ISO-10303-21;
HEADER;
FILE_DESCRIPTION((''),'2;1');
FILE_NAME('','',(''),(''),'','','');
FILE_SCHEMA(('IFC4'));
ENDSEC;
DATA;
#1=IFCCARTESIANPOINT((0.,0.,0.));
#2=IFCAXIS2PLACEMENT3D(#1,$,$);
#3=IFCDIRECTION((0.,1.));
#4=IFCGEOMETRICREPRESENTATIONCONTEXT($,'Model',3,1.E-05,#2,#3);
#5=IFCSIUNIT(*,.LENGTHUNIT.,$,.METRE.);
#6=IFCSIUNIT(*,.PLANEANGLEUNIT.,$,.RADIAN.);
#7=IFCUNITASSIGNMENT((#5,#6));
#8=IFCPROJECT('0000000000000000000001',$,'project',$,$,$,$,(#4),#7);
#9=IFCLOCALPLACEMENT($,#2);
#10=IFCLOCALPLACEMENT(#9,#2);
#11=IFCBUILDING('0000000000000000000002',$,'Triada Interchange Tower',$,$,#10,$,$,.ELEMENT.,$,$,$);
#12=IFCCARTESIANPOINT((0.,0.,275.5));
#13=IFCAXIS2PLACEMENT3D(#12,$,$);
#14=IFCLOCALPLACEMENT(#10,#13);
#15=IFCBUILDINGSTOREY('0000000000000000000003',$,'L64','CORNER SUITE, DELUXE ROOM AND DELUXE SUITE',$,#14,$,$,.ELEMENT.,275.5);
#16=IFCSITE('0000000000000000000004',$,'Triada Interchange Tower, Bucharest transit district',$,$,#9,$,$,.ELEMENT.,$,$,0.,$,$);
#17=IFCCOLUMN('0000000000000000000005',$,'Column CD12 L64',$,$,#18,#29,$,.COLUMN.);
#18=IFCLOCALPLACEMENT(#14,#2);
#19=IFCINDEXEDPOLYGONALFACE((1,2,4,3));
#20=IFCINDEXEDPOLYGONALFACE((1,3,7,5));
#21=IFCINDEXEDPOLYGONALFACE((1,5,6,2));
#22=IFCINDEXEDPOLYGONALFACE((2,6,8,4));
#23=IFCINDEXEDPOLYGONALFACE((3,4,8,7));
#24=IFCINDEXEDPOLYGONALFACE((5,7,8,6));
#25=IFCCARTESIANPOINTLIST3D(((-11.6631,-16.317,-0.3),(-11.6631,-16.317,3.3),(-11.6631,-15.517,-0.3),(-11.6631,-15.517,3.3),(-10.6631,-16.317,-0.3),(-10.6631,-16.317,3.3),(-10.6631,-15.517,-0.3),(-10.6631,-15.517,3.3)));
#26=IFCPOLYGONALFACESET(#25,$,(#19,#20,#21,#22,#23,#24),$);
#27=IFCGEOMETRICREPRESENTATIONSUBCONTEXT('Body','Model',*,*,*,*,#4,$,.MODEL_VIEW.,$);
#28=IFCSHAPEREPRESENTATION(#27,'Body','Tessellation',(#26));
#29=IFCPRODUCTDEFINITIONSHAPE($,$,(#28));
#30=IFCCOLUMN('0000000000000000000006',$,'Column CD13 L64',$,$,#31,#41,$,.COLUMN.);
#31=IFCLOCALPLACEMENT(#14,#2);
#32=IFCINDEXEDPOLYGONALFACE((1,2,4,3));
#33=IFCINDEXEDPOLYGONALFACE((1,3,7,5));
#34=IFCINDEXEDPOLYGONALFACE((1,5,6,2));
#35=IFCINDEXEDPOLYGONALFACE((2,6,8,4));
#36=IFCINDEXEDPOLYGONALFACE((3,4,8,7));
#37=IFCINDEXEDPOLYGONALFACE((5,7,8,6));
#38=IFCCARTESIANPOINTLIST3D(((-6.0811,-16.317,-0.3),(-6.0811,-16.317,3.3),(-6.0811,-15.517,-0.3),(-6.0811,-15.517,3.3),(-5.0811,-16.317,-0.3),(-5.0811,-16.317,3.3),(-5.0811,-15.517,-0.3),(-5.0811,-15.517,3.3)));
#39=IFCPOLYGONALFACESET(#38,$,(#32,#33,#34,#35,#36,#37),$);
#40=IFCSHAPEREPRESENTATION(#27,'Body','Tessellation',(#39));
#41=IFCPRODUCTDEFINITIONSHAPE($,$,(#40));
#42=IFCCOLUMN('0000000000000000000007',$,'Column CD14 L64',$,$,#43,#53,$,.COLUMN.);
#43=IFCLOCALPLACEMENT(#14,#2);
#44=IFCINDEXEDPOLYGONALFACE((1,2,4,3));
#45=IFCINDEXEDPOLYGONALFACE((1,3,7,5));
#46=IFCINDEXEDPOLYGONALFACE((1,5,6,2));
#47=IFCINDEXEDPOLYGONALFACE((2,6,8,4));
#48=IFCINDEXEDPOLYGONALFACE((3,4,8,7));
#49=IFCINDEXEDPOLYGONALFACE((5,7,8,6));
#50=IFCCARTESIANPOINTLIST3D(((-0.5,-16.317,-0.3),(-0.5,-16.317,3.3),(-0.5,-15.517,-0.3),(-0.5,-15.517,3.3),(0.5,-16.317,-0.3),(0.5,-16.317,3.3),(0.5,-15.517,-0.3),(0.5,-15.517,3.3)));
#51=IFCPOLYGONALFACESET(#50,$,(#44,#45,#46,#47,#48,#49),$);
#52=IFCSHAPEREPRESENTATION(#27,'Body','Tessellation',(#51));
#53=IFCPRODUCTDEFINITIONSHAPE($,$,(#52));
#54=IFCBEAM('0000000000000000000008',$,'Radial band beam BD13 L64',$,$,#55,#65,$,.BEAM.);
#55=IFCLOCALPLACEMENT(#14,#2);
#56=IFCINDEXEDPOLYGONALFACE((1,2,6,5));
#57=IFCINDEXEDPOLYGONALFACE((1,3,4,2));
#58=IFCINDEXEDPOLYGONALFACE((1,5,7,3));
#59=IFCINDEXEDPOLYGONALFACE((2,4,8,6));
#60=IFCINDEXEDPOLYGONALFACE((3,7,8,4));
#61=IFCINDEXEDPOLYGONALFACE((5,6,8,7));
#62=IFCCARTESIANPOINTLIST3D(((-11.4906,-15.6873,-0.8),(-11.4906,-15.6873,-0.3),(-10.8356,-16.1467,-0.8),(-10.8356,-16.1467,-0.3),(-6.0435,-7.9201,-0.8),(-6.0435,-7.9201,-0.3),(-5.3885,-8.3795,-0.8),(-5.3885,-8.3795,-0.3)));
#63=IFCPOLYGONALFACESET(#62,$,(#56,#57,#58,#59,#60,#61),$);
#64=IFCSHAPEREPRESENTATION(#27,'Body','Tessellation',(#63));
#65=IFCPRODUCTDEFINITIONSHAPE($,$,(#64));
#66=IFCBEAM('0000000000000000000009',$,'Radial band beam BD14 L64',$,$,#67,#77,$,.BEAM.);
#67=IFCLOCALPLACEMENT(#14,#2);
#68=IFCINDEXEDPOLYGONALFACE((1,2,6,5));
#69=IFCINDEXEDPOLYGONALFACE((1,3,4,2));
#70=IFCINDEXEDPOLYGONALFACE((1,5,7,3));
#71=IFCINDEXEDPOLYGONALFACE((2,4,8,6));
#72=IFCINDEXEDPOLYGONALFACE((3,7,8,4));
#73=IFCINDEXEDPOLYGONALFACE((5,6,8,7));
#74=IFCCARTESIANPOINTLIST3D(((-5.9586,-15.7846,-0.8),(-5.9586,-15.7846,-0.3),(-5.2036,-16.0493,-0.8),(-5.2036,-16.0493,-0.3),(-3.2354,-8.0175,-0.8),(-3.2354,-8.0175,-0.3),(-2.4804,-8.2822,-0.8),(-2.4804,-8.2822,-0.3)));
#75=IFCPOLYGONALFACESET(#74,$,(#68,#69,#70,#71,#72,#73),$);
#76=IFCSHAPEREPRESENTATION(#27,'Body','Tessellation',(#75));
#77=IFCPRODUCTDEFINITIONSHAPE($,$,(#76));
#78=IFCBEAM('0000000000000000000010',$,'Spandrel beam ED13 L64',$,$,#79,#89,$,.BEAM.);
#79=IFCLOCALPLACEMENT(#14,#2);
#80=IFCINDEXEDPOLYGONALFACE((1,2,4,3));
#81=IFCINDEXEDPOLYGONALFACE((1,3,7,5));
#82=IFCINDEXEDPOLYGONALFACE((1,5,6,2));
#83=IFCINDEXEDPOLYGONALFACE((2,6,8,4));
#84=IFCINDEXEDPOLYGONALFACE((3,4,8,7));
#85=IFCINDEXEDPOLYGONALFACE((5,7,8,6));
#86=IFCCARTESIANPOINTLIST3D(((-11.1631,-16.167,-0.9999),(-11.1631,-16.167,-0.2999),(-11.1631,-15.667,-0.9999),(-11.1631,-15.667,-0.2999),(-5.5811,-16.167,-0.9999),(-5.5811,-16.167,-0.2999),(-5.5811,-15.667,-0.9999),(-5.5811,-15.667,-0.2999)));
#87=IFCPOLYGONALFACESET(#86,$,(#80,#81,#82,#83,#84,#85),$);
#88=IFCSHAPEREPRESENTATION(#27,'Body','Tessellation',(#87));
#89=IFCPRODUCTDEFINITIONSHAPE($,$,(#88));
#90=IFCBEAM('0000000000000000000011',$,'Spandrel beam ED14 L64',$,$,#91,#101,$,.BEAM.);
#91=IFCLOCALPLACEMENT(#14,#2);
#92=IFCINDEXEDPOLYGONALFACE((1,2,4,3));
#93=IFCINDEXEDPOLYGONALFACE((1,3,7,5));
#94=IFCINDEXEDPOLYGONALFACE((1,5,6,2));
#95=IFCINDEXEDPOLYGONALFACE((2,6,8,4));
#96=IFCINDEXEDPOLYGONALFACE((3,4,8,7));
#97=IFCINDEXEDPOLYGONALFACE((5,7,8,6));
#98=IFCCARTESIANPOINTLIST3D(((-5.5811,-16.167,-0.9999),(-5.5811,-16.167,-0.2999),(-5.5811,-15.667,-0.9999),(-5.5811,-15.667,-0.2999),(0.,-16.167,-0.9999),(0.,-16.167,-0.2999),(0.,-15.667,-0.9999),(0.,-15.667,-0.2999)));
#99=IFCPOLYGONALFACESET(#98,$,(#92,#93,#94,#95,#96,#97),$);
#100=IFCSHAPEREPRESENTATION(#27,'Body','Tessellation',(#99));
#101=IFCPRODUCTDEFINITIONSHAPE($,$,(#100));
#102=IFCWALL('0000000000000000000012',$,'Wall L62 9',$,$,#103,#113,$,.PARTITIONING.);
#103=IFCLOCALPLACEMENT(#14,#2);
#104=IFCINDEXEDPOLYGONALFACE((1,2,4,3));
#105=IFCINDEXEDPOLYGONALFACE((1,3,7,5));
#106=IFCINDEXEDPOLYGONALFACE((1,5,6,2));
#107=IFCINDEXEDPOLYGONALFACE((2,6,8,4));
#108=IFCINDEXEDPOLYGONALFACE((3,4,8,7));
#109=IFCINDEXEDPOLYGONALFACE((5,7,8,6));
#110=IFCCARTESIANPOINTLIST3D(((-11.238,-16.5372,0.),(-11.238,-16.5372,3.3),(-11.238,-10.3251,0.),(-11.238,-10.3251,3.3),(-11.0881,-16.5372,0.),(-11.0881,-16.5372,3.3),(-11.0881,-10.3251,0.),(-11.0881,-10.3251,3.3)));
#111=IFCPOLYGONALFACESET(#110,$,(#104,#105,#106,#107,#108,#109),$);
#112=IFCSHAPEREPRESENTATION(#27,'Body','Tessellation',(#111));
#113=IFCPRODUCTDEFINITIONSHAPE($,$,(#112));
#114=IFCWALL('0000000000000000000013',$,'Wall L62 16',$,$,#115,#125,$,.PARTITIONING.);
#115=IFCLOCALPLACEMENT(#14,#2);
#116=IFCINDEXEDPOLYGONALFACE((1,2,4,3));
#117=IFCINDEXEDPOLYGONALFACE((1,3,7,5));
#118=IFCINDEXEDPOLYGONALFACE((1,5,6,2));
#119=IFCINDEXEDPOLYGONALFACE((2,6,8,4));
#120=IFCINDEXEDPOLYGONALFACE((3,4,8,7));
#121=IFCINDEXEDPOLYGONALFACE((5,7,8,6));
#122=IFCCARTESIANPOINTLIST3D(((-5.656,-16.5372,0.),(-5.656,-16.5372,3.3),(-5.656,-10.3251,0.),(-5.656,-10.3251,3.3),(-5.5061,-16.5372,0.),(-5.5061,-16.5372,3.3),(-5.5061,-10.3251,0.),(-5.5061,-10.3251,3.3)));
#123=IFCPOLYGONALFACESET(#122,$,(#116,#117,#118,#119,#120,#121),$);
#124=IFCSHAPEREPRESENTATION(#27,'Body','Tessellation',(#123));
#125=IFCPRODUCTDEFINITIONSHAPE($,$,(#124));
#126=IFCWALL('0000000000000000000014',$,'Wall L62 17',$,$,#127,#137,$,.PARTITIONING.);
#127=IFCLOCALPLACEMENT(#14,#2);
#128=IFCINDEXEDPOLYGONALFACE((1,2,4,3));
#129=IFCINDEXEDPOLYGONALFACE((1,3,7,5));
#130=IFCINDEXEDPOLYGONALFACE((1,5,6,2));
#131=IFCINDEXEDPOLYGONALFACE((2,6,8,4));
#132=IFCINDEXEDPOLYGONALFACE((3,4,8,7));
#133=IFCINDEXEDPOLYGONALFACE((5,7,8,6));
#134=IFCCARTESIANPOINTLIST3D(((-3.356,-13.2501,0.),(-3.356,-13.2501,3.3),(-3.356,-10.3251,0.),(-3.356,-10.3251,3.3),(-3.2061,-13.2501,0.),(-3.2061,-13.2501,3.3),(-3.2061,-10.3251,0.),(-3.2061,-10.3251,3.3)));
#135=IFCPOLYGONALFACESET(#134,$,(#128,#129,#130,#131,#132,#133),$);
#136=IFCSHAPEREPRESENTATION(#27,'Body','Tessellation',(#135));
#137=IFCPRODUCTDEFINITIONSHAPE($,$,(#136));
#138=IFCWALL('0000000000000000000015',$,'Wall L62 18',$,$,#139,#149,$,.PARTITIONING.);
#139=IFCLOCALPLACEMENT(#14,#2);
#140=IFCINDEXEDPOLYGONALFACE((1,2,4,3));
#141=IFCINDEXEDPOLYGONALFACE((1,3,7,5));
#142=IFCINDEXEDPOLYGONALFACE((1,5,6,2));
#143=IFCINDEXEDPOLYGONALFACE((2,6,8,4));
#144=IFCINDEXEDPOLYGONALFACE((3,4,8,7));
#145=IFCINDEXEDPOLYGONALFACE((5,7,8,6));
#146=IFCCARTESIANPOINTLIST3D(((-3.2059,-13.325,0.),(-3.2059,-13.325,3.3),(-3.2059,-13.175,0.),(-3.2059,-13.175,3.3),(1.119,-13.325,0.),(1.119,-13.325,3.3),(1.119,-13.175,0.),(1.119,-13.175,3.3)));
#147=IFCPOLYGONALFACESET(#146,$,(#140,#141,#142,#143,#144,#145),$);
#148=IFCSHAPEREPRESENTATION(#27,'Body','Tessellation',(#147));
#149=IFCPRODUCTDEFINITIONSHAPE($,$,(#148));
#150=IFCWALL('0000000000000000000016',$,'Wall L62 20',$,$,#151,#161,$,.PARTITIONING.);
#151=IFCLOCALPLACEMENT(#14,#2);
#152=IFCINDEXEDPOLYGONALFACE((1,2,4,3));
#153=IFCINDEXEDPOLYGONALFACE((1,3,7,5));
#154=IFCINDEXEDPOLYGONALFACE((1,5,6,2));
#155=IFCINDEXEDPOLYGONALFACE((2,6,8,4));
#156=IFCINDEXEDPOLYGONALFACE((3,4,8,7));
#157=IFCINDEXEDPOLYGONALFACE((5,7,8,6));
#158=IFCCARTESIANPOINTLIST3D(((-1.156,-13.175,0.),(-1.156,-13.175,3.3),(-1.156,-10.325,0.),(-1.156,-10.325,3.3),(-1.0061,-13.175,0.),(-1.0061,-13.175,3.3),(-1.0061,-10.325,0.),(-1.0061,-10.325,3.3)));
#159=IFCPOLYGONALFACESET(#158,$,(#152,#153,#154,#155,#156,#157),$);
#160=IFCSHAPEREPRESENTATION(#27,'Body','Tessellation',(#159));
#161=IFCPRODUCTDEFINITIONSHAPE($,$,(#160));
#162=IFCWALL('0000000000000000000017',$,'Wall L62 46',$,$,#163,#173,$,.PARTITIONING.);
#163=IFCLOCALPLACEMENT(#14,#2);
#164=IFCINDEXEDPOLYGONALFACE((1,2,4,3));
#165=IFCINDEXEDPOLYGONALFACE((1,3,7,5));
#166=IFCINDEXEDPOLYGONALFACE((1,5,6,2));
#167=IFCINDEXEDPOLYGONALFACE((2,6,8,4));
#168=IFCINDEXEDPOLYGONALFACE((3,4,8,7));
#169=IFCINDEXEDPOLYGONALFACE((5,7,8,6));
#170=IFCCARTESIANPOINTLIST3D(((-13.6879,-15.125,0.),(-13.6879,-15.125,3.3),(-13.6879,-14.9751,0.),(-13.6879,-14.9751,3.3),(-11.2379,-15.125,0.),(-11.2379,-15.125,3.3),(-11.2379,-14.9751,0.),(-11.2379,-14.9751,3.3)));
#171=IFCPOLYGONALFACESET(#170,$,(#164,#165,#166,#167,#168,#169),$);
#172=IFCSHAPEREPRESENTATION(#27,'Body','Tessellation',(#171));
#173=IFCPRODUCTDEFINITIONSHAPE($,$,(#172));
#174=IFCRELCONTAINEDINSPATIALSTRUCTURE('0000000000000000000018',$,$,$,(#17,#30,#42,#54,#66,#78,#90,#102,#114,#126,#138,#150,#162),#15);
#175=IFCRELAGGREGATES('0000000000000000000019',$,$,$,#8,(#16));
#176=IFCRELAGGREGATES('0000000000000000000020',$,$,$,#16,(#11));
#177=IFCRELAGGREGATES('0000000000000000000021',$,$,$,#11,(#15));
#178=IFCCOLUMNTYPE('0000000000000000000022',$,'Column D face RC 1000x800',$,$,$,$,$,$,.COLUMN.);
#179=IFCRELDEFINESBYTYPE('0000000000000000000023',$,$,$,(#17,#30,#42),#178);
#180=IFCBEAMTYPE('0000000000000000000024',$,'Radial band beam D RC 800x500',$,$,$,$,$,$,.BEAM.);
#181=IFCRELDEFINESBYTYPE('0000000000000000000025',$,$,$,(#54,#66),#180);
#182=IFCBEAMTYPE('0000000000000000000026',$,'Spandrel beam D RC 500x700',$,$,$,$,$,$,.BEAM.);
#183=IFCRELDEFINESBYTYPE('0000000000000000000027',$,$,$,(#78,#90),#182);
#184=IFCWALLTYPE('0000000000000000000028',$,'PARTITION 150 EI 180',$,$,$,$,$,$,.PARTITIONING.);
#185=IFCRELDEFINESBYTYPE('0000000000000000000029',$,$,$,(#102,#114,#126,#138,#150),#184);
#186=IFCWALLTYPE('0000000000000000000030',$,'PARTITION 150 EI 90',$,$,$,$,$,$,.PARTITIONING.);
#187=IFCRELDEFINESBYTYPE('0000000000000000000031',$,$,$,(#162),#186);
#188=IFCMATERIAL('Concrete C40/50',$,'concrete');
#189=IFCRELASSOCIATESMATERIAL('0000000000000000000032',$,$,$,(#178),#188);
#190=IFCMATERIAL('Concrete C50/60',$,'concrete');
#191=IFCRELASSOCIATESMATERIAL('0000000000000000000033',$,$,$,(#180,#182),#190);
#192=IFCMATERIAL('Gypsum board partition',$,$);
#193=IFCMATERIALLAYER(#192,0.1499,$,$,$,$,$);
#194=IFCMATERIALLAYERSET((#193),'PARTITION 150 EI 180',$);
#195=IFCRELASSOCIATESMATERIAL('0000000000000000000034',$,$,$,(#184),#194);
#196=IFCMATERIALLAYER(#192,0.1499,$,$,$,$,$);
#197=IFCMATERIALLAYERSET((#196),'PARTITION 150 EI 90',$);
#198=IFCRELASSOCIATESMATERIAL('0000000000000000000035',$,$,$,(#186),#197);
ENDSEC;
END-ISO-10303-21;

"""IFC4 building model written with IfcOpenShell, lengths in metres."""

from ifc_helpers import new_model, si_unit, direction, frame, frame_2d, origin, origin_2d, place, context, subcontext, project, spatial, rectangle, extrude, material, layer, layer_set, material_profile, profile_set, type_object, element, save


model = new_model("IFC4")

# Units and contexts
model_context = context("Model", 3, precision=1e-05, world=origin(), true_north=direction((0.0, 1.0)))
body_context = subcontext(model_context, "Body", "Model", "MODEL_VIEW")
ifc_project = project(units=[si_unit("LENGTHUNIT", "METRE"), si_unit("PLANEANGLEUNIT", "RADIAN")], contexts=[model_context])

# Site, building, storey
site_placement = place(None, origin())
site = spatial("IfcSite", under=ifc_project, at=site_placement, Name="Triada Interchange Tower, Bucharest transit district", CompositionType="ELEMENT", RefElevation=0.0)
building_placement = place(site_placement, origin())
building = spatial("IfcBuilding", under=site, at=building_placement, Name="Triada Interchange Tower", CompositionType="ELEMENT")
storey_placement = place(building_placement, frame((0.0, 0.0, 275.5)))
storey = spatial("IfcBuildingStorey", under=building, at=storey_placement, Name="L64", Description="CORNER SUITE, DELUXE ROOM AND DELUXE SUITE", CompositionType="ELEMENT", Elevation=275.5)

# Columns
ifc_material_1 = material(Name="Concrete C40/50", Category="concrete")
ifc_material_profile_1 = material_profile(ifc_material_1, rectangle(XDim=1.0, YDim=0.8, at=origin_2d()), Name="RC 1000x800")
ifc_profile_set_1 = profile_set([ifc_material_profile_1], Name="Concrete C40/50")
column_type = type_object("IfcColumnType", Name="Column D face RC 1000x800", PredefinedType="COLUMN", material=ifc_profile_set_1)
for number, where, z_axis, x_axis, name in (
    (1, (-11.1631, -15.917, -0.3), (0.0, 0.0, 1.0), (1.0, 0.0, 0.0), "Column CD12 L64"),
    (2, (-5.5811, -15.917, -0.3), (0.0, 0.0, 1.0), (1.0, 0.0, 0.0), "Column CD13 L64"),
    (3, (0.0, -15.917, -0.3), (0.0, 0.0, 1.0), (1.0, 0.0, 0.0), "Column CD14 L64"),
):
    element("IfcColumn", number, at=place(storey_placement, frame(where, z_axis=z_axis, x_axis=x_axis)), inside=storey, type_object=column_type, Name=name, PredefinedType="COLUMN", context=body_context, shape_type="SweptSolid", body=[
        extrude(rectangle(XDim=1.0, YDim=0.8, at=origin_2d()), origin(), (0.0, 0.0, 1.0), 3.6001),
    ])

# Beams
ifc_material_2 = material(Name="Concrete C50/60", Category="concrete")
ifc_material_profile_2 = material_profile(ifc_material_2, rectangle(XDim=0.8, YDim=0.5, at=origin_2d()), Name="RC 800x500")
ifc_profile_set_2 = profile_set([ifc_material_profile_2], Name="Concrete C50/60")
beam_type_1 = type_object("IfcBeamType", Name="Radial band beam D RC 800x500", PredefinedType="BEAM", material=ifc_profile_set_2)
beam_1_placement = place(storey_placement, frame((-11.1631, -15.917, -0.55), z_axis=(0.574174, 0.818733, 0.0), x_axis=(-0.818733, 0.574174, 0.0)))
element("IfcBeam", 4, at=beam_1_placement, inside=storey, type_object=beam_type_1, Name="Radial band beam BD13 L64", PredefinedType="BEAM", context=body_context, shape_type="SweptSolid", body=[
    extrude(rectangle(XDim=0.8, YDim=0.5, at=origin_2d()), origin(), (0.0, 0.0, 1.0), 9.4868),
])
beam_2_placement = place(storey_placement, frame((-5.5811, -15.917, -0.55), z_axis=(0.330855, 0.943682, 0.0), x_axis=(-0.943682, 0.330855, 0.0)))
element("IfcBeam", 5, at=beam_2_placement, inside=storey, type_object=beam_type_1, Name="Radial band beam BD14 L64", PredefinedType="BEAM", context=body_context, shape_type="SweptSolid", body=[
    extrude(rectangle(XDim=0.8, YDim=0.5, at=origin_2d()), origin(), (0.0, 0.0, 1.0), 8.2307),
])
ifc_material_profile_3 = material_profile(ifc_material_2, rectangle(XDim=0.5, YDim=0.7, at=origin_2d()), Name="RC 500x700")
ifc_profile_set_3 = profile_set([ifc_material_profile_3], Name="Concrete C50/60")
beam_type_2 = type_object("IfcBeamType", Name="Spandrel beam D RC 500x700", PredefinedType="BEAM", material=ifc_profile_set_3)
beam_3_placement = place(storey_placement, frame((-11.1631, -15.917, -0.6499), z_axis=(1.0, 0.0, 0.0), x_axis=(0.0, 1.0, 0.0)))
element("IfcBeam", 6, at=beam_3_placement, inside=storey, type_object=beam_type_2, Name="Spandrel beam ED13 L64", PredefinedType="BEAM", context=body_context, shape_type="SweptSolid", body=[
    extrude(rectangle(XDim=0.5, YDim=0.7, at=origin_2d()), origin(), (0.0, 0.0, 1.0), 5.582),
])
beam_4_placement = place(storey_placement, frame((-5.5811, -15.917, -0.6499), z_axis=(1.0, 0.0, 0.0), x_axis=(0.0, 1.0, 0.0)))
element("IfcBeam", 7, at=beam_4_placement, inside=storey, type_object=beam_type_2, Name="Spandrel beam ED14 L64", PredefinedType="BEAM", context=body_context, shape_type="SweptSolid", body=[
    extrude(rectangle(XDim=0.5, YDim=0.7, at=origin_2d()), origin(), (0.0, 0.0, 1.0), 5.5811),
])

# Walls
ifc_material_3 = material(Name="Gypsum board partition")
ifc_layer_1 = layer(ifc_material_3, 0.1499)
ifc_layer_set_1 = layer_set([ifc_layer_1], Name="PARTITION 150 EI 180")
wall_type_1 = type_object("IfcWallType", Name="PARTITION 150 EI 180", PredefinedType="PARTITIONING", material=ifc_layer_set_1)
for number, where, z_axis, x_axis, name in (
    (8, (-11.1631, -16.5371, 0.0), (0.0, 0.0, 1.0), (0.0, 1.0, 0.0), "Wall L62 9"),
    (9, (-5.5811, -16.5371, 0.0), (0.0, 0.0, 1.0), (0.0, 1.0, 0.0), "Wall L62 16"),
):
    element("IfcWall", number, at=place(storey_placement, frame(where, z_axis=z_axis, x_axis=x_axis)), inside=storey, type_object=wall_type_1, Name=name, PredefinedType="PARTITIONING", context=body_context, shape_type="SweptSolid", body=[
        extrude(rectangle(XDim=6.2122, YDim=0.1499, at=frame_2d((3.106, 0.0))), origin(), (0.0, 0.0, 1.0), 3.3),
    ])
wall_1_placement = place(storey_placement, frame((-3.281, -13.25, 0.0), z_axis=(0.0, 0.0, 1.0), x_axis=(0.0, 1.0, 0.0)))
element("IfcWall", 10, at=wall_1_placement, inside=storey, type_object=wall_type_1, Name="Wall L62 17", PredefinedType="PARTITIONING", context=body_context, shape_type="SweptSolid", body=[
    extrude(rectangle(XDim=2.925, YDim=0.1499, at=frame_2d((1.4624, 0.0))), origin(), (0.0, 0.0, 1.0), 3.3),
])
wall_2_placement = place(storey_placement, frame((-3.2061, -13.25, 0.0), z_axis=(0.0, 0.0, 1.0), x_axis=(1.0, 0.0, 0.0)))
element("IfcWall", 11, at=wall_2_placement, inside=storey, type_object=wall_type_1, Name="Wall L62 18", PredefinedType="PARTITIONING", context=body_context, shape_type="SweptSolid", body=[
    extrude(rectangle(XDim=4.325, YDim=0.1499, at=frame_2d((2.1626, 0.0))), origin(), (0.0, 0.0, 1.0), 3.3),
])
wall_3_placement = place(storey_placement, frame((-1.0811, -13.175, 0.0), z_axis=(0.0, 0.0, 1.0), x_axis=(0.0, 1.0, 0.0)))
element("IfcWall", 12, at=wall_3_placement, inside=storey, type_object=wall_type_1, Name="Wall L62 20", PredefinedType="PARTITIONING", context=body_context, shape_type="SweptSolid", body=[
    extrude(rectangle(XDim=2.8501, YDim=0.1499, at=frame_2d((1.425, 0.0))), origin(), (0.0, 0.0, 1.0), 3.3),
])
ifc_layer_2 = layer(ifc_material_3, 0.1499)
ifc_layer_set_2 = layer_set([ifc_layer_2], Name="PARTITION 150 EI 90")
wall_type_2 = type_object("IfcWallType", Name="PARTITION 150 EI 90", PredefinedType="PARTITIONING", material=ifc_layer_set_2)
wall_4_placement = place(storey_placement, frame((-13.688, -15.05, 0.0), z_axis=(0.0, 0.0, 1.0), x_axis=(1.0, 0.0, 0.0)))
element("IfcWall", 13, at=wall_4_placement, inside=storey, type_object=wall_type_2, Name="Wall L62 46", PredefinedType="PARTITIONING", context=body_context, shape_type="SweptSolid", body=[
    extrude(rectangle(XDim=2.45, YDim=0.1499, at=frame_2d((1.2251, 0.0))), origin(), (0.0, 0.0, 1.0), 3.3),
])

save(model, "model.ifc")
